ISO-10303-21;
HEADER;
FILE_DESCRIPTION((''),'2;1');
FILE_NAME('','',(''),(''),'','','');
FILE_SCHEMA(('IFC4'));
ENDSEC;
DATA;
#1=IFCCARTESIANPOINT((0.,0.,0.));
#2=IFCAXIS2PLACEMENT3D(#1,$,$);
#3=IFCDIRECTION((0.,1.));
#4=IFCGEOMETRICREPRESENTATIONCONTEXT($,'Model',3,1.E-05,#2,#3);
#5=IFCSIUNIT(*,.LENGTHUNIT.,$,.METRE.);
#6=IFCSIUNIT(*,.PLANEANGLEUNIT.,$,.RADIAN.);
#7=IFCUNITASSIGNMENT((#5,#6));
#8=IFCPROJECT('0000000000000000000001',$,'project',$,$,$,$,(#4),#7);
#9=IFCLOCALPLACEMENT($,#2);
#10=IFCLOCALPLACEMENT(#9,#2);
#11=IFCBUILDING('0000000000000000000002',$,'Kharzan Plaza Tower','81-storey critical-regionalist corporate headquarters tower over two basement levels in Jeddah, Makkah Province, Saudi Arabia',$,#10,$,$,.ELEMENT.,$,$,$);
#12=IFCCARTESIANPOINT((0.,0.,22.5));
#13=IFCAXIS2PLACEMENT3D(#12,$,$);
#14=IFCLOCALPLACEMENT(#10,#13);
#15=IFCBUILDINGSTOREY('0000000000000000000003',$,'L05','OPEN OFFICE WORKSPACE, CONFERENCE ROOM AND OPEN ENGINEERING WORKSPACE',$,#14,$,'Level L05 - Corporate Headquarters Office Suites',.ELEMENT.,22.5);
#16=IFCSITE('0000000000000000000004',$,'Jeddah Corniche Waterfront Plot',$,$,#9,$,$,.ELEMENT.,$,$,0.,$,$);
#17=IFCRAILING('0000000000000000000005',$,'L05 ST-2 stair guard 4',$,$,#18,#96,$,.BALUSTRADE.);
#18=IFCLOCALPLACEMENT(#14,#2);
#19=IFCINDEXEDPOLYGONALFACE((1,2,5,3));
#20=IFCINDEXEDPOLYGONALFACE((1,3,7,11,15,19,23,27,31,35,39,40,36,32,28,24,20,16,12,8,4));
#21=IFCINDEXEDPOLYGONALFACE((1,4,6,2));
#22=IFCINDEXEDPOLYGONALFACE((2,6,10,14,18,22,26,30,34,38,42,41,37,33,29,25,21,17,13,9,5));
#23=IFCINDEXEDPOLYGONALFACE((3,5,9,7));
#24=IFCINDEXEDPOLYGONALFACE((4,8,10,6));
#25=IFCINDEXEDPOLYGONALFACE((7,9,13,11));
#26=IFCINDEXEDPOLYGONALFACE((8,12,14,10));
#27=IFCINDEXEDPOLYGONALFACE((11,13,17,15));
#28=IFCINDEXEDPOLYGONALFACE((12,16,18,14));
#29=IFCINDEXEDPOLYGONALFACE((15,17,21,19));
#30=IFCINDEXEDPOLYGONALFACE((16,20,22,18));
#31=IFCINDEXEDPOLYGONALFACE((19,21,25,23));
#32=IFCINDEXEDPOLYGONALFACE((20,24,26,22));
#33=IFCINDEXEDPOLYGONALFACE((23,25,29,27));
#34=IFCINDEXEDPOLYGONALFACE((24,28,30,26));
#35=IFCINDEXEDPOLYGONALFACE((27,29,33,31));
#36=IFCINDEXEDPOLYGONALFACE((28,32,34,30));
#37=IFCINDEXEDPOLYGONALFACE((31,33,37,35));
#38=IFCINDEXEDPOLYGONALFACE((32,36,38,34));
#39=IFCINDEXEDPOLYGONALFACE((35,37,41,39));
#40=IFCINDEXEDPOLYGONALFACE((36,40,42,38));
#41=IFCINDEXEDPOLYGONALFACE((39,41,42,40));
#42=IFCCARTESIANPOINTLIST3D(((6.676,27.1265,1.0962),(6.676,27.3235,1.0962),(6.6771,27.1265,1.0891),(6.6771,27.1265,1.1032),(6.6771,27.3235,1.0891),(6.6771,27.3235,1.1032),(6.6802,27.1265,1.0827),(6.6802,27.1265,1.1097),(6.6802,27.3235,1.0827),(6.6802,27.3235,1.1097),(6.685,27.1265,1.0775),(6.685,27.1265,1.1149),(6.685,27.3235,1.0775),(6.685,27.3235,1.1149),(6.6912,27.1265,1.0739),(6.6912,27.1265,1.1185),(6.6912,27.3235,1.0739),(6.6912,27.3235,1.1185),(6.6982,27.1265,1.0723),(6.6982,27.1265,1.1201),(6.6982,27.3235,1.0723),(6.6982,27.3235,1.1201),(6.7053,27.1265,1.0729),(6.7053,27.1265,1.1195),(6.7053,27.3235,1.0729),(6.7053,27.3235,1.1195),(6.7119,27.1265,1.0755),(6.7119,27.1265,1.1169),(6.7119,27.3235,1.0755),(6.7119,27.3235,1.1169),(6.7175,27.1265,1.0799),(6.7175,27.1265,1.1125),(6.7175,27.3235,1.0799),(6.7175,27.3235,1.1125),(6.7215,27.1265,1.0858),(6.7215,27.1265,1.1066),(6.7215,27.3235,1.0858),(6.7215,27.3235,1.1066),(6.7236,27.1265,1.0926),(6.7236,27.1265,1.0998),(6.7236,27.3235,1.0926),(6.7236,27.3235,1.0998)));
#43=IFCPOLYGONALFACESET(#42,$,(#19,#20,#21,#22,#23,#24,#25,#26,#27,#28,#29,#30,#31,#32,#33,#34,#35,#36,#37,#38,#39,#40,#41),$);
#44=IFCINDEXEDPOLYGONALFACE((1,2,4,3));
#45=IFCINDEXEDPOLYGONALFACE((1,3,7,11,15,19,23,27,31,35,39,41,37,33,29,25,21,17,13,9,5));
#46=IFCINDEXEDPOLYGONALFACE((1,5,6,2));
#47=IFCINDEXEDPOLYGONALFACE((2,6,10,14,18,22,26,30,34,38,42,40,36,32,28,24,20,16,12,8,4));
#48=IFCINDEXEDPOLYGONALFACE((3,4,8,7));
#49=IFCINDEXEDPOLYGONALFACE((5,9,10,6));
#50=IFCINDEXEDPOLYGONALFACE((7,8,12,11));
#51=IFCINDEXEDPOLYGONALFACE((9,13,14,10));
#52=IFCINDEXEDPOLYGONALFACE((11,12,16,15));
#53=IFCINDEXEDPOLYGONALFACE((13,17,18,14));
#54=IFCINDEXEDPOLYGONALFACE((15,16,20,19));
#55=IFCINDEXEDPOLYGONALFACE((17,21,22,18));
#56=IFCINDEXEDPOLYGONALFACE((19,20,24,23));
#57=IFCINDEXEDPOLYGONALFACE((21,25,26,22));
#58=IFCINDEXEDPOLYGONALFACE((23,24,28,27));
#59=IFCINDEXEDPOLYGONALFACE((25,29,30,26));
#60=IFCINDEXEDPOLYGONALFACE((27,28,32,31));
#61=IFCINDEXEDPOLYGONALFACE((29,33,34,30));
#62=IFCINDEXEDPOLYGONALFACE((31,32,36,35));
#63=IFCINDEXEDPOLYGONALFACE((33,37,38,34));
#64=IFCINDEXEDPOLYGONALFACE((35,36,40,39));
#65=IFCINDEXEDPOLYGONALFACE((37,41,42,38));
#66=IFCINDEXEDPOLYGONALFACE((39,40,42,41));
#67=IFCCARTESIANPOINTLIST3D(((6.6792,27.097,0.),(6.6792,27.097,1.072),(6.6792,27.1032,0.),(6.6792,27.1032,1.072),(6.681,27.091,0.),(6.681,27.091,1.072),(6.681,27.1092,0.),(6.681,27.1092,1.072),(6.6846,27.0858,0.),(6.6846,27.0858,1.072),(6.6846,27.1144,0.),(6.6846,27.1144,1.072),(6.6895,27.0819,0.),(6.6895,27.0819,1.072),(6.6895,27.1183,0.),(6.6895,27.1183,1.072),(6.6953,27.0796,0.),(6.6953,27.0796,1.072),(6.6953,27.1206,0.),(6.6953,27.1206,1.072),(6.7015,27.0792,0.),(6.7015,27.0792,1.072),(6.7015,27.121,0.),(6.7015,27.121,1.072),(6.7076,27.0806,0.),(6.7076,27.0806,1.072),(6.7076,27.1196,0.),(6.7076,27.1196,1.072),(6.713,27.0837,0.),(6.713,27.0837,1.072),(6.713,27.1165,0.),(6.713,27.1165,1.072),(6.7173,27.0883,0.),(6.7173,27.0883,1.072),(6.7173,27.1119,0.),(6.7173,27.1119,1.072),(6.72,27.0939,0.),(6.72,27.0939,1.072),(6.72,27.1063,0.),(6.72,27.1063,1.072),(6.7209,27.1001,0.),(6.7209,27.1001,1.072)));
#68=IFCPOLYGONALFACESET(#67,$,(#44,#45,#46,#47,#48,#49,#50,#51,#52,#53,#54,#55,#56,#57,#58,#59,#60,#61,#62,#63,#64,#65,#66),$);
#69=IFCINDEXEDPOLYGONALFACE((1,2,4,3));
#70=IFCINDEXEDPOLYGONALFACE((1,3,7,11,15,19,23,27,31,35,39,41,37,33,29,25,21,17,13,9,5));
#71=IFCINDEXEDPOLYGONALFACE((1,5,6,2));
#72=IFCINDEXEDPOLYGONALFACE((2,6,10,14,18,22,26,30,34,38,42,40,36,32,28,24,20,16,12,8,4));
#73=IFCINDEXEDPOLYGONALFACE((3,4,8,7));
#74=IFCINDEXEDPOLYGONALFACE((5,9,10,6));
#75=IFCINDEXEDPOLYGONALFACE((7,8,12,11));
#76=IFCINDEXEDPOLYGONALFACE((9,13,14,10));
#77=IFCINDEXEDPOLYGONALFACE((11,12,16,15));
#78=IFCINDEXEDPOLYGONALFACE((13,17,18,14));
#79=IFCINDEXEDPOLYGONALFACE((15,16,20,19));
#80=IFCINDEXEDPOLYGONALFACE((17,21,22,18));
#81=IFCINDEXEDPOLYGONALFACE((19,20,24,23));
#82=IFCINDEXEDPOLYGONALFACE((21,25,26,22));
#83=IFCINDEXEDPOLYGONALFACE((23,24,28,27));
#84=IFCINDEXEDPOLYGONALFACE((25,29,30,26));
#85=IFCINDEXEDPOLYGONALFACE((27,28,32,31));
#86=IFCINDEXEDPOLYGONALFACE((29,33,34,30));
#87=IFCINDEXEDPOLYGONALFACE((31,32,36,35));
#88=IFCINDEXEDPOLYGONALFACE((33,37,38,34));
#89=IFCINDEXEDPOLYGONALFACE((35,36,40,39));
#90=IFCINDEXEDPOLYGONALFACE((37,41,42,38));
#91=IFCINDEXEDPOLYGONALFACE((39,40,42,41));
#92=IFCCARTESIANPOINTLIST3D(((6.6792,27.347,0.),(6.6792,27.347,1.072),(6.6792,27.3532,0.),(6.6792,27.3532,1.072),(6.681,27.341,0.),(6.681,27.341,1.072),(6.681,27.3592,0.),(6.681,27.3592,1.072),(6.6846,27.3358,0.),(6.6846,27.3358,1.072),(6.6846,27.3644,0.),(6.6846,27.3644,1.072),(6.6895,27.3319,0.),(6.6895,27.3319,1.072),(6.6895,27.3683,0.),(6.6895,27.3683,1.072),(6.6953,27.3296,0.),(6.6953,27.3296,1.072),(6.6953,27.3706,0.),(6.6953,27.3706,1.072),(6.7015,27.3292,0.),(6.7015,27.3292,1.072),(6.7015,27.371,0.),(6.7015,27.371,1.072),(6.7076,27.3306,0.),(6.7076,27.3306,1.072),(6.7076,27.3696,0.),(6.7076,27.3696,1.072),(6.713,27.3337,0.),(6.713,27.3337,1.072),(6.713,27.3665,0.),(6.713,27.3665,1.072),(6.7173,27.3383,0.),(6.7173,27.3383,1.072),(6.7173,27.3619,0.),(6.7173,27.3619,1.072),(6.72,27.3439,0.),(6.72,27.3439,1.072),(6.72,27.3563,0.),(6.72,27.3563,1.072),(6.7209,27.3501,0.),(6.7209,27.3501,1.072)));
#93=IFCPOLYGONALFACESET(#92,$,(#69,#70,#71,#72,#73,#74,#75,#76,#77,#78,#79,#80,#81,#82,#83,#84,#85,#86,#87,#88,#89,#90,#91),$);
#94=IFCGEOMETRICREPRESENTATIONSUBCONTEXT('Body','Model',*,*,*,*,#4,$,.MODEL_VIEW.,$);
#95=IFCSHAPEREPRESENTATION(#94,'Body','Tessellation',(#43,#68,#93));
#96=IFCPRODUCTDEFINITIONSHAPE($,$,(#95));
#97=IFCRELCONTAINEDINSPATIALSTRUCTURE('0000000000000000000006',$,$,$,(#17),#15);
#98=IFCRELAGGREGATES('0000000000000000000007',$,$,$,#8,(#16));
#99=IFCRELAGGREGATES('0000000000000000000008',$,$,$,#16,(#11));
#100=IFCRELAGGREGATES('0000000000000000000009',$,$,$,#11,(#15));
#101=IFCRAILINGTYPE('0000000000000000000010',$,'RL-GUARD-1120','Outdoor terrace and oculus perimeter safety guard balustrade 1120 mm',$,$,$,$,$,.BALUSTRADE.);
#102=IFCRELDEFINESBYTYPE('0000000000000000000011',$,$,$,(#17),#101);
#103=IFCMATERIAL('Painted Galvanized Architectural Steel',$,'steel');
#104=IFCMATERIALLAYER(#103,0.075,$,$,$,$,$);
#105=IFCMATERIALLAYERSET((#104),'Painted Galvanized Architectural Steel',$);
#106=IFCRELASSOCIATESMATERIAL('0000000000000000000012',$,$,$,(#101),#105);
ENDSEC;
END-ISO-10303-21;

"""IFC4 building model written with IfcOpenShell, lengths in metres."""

from ifc_helpers import new_model, si_unit, direction, frame, origin, origin_2d, place, context, subcontext, project, spatial, circle, extrude, source, transform, mapped, material, layer, layer_set, type_object, element, save


model = new_model("IFC4")

# Units and contexts
model_context = context("Model", 3, precision=1e-05, world=origin(), true_north=direction((0.0, 1.0)))
body_context = subcontext(model_context, "Body", "Model", "MODEL_VIEW")
ifc_project = project(units=[si_unit("LENGTHUNIT", "METRE"), si_unit("PLANEANGLEUNIT", "RADIAN")], contexts=[model_context])

# Site, building, storey
site_placement = place(None, origin())
site = spatial("IfcSite", under=ifc_project, at=site_placement, Name="Jeddah Corniche Waterfront Plot", CompositionType="ELEMENT", RefElevation=0.0)
building_placement = place(site_placement, origin())
building = spatial("IfcBuilding", under=site, at=building_placement, Name="Kharzan Plaza Tower", Description="81-storey critical-regionalist corporate headquarters tower over two basement levels in Jeddah, Makkah Province, Saudi Arabia", CompositionType="ELEMENT")
storey_placement = place(building_placement, frame((0.0, 0.0, 22.5)))
storey = spatial("IfcBuildingStorey", under=building, at=storey_placement, Name="L05", Description="OPEN OFFICE WORKSPACE, CONFERENCE ROOM AND OPEN ENGINEERING WORKSPACE", LongName="Level L05 - Corporate Headquarters Office Suites", CompositionType="ELEMENT", Elevation=22.5)

# Railing
ifc_material_1 = material(Name="Painted Galvanized Architectural Steel", Category="steel")
ifc_layer_1 = layer(ifc_material_1, 0.075)
ifc_layer_set_1 = layer_set([ifc_layer_1], Name="Painted Galvanized Architectural Steel")
railing_type_1 = type_object("IfcRailingType", Name="RL-GUARD-1120", Description="Outdoor terrace and oculus perimeter safety guard balustrade 1120 mm", PredefinedType="BALUSTRADE", material=ifc_layer_set_1)
shared_shape_1 = source(origin(), body_context, "Body", "SweptSolid", [
    extrude(circle(Radius=0.0239, at=origin_2d()), frame((0.0, 0.0264, 1.0962), z_axis=(0.0, 1.0, 0.0), x_axis=(-1.0, 0.0, 0.0)), (0.0, 0.0, 1.0), 0.197),
    extrude(circle(Radius=0.021, at=origin_2d()), origin(), (0.0, 0.0, 1.0), 1.072),
    extrude(circle(Radius=0.021, at=origin_2d()), frame((0.0, 0.25, 0.0)), (0.0, 0.0, 1.0), 1.072),
])
for number, where, name in (
    (1, (6.7, 27.1001, 0.0), "L05 ST-2 stair guard 4"),
):
    element("IfcRailing", number, at=place(storey_placement, frame(where)), inside=storey, type_object=railing_type_1, Name=name, PredefinedType="BALUSTRADE", context=body_context, shape_type="MappedRepresentation", body=[
        mapped(shared_shape_1, transform((0.0, 0.0, 0.0), x_axis=(1.0, 0.0, 0.0), y_axis=(0.0, 1.0, 0.0), z_axis=(0.0, 0.0, 1.0))),
    ])

save(model, "model.ifc")
